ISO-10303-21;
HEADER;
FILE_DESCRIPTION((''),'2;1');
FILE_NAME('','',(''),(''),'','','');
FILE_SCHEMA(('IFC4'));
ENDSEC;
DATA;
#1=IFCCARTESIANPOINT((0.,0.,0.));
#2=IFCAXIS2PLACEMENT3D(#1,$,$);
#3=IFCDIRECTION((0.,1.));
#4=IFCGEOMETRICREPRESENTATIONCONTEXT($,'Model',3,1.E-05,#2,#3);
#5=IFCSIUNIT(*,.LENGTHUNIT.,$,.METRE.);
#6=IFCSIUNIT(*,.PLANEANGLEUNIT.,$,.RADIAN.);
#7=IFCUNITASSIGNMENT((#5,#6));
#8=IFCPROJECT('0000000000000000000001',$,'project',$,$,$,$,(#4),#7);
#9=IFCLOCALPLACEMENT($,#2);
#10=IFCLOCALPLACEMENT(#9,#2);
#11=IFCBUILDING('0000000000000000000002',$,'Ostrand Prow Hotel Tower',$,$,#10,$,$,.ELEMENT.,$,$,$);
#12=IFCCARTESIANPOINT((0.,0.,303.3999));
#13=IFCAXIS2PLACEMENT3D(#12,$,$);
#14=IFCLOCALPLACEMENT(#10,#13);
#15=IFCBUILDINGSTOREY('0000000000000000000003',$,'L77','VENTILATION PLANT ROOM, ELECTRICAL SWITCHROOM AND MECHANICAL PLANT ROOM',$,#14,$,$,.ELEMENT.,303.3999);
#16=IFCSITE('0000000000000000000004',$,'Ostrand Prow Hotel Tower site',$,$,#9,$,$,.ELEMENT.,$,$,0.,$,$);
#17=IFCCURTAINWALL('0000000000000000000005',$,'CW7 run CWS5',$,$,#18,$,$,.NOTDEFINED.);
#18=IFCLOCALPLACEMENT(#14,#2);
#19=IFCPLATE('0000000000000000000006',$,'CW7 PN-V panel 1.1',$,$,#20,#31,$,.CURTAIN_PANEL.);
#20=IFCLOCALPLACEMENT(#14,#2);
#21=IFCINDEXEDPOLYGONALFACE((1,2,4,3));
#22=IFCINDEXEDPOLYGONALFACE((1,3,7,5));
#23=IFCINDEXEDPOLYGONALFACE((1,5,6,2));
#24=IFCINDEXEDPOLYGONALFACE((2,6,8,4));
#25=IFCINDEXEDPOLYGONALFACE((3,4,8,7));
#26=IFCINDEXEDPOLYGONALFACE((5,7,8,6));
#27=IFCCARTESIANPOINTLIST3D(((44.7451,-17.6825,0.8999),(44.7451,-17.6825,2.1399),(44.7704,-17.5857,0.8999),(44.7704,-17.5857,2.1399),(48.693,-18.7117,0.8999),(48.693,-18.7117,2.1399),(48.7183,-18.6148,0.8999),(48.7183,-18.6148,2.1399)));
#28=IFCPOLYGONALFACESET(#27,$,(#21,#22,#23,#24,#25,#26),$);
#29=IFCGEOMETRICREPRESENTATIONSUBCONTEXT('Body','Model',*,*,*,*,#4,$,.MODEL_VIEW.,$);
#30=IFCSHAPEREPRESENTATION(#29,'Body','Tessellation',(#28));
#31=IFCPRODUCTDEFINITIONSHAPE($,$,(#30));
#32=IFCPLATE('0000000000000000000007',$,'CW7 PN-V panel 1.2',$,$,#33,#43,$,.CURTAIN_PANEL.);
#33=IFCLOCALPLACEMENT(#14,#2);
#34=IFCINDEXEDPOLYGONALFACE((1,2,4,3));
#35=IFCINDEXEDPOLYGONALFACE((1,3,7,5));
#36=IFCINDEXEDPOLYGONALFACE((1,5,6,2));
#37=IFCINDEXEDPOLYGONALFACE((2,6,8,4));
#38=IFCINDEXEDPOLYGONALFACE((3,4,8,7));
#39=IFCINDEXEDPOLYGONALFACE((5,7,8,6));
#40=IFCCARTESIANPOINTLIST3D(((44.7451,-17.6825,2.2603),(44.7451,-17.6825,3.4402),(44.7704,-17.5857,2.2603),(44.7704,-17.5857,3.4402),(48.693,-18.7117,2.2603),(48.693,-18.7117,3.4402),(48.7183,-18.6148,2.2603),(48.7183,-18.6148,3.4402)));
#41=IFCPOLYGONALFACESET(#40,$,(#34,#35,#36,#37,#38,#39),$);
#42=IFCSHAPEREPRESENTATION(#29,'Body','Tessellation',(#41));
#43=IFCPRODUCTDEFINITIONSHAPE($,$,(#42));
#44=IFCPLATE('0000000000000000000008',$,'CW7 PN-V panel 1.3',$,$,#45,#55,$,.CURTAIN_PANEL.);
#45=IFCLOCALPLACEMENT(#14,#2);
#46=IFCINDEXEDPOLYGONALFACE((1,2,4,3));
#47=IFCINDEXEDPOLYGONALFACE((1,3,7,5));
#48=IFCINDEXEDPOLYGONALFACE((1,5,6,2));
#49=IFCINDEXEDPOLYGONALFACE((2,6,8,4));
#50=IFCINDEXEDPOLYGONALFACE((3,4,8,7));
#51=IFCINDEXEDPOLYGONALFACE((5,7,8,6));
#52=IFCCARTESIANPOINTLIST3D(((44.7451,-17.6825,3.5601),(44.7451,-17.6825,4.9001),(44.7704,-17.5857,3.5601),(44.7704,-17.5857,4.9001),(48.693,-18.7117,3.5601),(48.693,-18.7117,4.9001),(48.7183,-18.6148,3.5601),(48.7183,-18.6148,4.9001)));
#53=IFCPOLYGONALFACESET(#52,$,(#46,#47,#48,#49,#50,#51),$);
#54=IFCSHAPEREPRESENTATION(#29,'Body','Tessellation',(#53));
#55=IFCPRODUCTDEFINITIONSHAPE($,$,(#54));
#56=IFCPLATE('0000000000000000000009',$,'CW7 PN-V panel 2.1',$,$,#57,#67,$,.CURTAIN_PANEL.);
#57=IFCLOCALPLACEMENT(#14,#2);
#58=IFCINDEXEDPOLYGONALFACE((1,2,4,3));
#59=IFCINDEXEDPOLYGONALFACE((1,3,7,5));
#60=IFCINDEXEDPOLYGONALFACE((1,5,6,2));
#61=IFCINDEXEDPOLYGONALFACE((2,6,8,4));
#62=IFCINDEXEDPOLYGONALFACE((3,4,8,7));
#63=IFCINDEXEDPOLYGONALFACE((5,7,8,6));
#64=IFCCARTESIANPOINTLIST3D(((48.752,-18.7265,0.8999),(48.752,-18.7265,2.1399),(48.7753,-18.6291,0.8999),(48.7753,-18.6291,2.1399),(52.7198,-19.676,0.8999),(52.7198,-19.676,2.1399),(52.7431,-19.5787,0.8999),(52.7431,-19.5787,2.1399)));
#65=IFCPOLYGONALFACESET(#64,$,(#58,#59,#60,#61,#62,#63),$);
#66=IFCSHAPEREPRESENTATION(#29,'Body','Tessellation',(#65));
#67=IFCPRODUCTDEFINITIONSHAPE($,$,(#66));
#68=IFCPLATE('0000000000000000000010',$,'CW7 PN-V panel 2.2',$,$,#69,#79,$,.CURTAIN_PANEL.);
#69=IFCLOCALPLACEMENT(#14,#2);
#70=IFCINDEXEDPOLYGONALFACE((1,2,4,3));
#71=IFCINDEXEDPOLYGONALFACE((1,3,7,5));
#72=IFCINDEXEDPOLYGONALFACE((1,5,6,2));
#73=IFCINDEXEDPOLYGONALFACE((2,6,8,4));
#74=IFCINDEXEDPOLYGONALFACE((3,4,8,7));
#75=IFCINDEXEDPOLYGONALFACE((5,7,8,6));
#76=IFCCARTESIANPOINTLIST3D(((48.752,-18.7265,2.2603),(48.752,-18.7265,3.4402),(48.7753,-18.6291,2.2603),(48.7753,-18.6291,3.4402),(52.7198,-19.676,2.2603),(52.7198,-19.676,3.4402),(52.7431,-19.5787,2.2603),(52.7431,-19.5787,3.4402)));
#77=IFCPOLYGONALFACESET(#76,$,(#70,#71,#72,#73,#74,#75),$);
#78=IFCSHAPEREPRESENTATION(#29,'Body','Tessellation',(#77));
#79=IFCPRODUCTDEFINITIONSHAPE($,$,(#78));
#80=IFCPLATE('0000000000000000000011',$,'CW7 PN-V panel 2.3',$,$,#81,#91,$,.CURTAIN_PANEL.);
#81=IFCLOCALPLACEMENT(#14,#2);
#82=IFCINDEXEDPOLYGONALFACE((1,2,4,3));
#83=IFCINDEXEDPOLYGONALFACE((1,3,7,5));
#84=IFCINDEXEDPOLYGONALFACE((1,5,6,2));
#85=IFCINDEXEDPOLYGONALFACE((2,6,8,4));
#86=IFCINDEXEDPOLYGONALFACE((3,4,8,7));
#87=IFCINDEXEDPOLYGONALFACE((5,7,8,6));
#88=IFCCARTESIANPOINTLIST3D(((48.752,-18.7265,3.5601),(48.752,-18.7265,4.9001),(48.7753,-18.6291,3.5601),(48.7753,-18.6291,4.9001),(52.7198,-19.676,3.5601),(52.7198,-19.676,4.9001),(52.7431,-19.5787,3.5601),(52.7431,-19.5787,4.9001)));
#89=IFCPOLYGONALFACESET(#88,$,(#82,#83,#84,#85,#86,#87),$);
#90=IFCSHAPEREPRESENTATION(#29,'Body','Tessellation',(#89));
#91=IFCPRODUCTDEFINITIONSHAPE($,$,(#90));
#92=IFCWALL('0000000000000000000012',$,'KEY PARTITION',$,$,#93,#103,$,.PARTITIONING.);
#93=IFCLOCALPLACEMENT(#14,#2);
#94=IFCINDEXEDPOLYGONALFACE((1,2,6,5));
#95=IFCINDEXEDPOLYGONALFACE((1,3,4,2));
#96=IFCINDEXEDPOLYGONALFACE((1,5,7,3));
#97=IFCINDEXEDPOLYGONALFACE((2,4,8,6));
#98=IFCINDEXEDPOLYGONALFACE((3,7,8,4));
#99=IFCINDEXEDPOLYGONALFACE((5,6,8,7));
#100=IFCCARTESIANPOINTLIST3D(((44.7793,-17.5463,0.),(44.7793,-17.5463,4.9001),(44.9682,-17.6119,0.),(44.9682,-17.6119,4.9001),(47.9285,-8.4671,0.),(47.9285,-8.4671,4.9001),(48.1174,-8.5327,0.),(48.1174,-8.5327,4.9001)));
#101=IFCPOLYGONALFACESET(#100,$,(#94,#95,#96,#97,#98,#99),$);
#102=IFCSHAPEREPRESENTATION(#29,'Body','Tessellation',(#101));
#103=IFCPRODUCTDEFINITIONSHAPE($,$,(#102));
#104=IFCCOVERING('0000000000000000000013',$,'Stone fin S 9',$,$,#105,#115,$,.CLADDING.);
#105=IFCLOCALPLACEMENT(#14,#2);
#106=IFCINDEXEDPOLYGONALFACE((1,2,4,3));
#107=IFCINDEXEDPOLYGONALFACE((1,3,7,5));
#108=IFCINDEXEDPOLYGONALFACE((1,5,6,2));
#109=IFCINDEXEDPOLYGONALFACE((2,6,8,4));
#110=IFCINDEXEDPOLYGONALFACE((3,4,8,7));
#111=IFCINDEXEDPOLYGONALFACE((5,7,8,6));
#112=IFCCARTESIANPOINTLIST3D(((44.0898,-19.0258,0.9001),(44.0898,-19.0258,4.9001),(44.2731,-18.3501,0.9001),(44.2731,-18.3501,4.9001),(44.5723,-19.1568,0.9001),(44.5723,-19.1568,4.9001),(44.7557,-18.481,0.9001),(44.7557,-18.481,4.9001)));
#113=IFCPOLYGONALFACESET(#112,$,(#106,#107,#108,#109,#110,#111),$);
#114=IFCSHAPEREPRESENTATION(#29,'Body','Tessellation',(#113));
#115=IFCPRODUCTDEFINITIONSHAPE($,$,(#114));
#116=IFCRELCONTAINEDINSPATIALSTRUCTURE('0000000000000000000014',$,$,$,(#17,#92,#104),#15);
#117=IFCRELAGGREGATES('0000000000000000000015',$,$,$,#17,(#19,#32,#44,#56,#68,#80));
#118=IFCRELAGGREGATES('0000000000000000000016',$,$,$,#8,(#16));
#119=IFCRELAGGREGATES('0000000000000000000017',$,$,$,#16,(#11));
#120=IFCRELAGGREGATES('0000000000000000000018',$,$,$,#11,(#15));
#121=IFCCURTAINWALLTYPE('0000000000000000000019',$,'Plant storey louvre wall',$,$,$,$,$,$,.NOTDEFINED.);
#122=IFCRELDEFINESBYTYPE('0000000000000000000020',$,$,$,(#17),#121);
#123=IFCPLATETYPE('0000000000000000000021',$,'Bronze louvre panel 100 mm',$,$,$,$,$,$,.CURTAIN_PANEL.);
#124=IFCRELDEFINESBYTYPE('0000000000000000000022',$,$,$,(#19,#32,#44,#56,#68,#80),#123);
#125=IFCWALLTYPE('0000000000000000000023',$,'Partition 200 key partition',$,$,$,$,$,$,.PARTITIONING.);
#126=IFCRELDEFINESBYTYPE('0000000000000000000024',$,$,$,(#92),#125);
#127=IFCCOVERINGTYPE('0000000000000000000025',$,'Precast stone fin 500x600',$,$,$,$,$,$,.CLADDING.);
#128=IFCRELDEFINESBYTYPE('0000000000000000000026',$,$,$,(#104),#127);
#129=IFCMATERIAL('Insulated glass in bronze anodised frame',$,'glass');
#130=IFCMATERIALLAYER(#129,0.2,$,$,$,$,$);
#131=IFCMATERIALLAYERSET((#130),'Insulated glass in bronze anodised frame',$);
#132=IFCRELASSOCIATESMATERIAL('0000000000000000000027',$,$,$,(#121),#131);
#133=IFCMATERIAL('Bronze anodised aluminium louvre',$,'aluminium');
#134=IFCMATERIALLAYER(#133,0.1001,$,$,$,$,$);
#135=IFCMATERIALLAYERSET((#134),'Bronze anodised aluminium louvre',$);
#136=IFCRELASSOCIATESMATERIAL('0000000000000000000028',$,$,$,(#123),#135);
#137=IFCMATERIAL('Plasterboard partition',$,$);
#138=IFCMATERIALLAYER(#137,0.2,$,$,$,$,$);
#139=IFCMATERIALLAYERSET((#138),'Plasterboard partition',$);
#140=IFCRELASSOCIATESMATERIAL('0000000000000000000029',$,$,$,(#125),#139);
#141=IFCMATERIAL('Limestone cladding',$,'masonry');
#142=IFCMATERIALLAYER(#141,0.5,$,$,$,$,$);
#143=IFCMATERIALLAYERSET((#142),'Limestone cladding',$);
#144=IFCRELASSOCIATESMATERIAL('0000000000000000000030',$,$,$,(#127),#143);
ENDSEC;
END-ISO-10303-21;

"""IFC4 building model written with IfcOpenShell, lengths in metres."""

from ifc_helpers import new_model, si_unit, direction, frame, frame_2d, origin, origin_2d, place, context, subcontext, project, spatial, rectangle, extrude, material, layer, layer_set, type_object, element, aggregate, save


model = new_model("IFC4")

# Units and contexts
model_context = context("Model", 3, precision=1e-05, world=origin(), true_north=direction((0.0, 1.0)))
body_context = subcontext(model_context, "Body", "Model", "MODEL_VIEW")
ifc_project = project(units=[si_unit("LENGTHUNIT", "METRE"), si_unit("PLANEANGLEUNIT", "RADIAN")], contexts=[model_context])

# Site, building, storey
site_placement = place(None, origin())
site = spatial("IfcSite", under=ifc_project, at=site_placement, Name="Ostrand Prow Hotel Tower site", CompositionType="ELEMENT", RefElevation=0.0)
building_placement = place(site_placement, origin())
building = spatial("IfcBuilding", under=site, at=building_placement, Name="Ostrand Prow Hotel Tower", CompositionType="ELEMENT")
storey_placement = place(building_placement, frame((0.0, 0.0, 303.3999)))
storey = spatial("IfcBuildingStorey", under=building, at=storey_placement, Name="L77", Description="VENTILATION PLANT ROOM, ELECTRICAL SWITCHROOM AND MECHANICAL PLANT ROOM", CompositionType="ELEMENT", Elevation=303.3999)

# Shared definitions
ifc_material_1 = material(Name="Insulated glass in bronze anodised frame", Category="glass")
ifc_layer_1 = layer(ifc_material_1, 0.2)
ifc_layer_set_1 = layer_set([ifc_layer_1], Name="Insulated glass in bronze anodised frame")
curtain_wall_type = type_object("IfcCurtainWallType", Name="Plant storey louvre wall", PredefinedType="NOTDEFINED", material=ifc_layer_set_1)

# Curtain wall
curtain_wall_1_placement = place(storey_placement, origin())
curtain_wall_1 = element("IfcCurtainWall", 1, at=curtain_wall_1_placement, inside=storey, type_object=curtain_wall_type, Name="CW7 run CWS5", PredefinedType="NOTDEFINED")

# Plates
ifc_material_2 = material(Name="Bronze anodised aluminium louvre", Category="aluminium")
ifc_layer_2 = layer(ifc_material_2, 0.1001)
ifc_layer_set_2 = layer_set([ifc_layer_2], Name="Bronze anodised aluminium louvre")
plate_type = type_object("IfcPlateType", Name="Bronze louvre panel 100 mm", PredefinedType="CURTAIN_PANEL", material=ifc_layer_set_2)
plate_1_placement = place(storey_placement, frame((46.7317, -18.1487, 0.8999), z_axis=(0.0, 0.0, 1.0), x_axis=(0.967663, -0.252248, 0.0)))
plate_1 = element("IfcPlate", 2, at=plate_1_placement, type_object=plate_type, Name="CW7 PN-V panel 1.1", PredefinedType="CURTAIN_PANEL", context=body_context, shape_type="SweptSolid", body=[
    extrude(rectangle(XDim=4.0798, YDim=0.1001, at=origin_2d()), origin(), (0.0, 0.0, 1.0), 1.24),
])
plate_2_placement = place(storey_placement, frame((46.7317, -18.1487, 2.2603), z_axis=(0.0, 0.0, 1.0), x_axis=(0.967663, -0.252248, 0.0)))
plate_2 = element("IfcPlate", 3, at=plate_2_placement, type_object=plate_type, Name="CW7 PN-V panel 1.2", PredefinedType="CURTAIN_PANEL", context=body_context, shape_type="SweptSolid", body=[
    extrude(rectangle(XDim=4.0798, YDim=0.1001, at=origin_2d()), origin(), (0.0, 0.0, 1.0), 1.1799),
])
plate_3_placement = place(storey_placement, frame((46.7317, -18.1487, 3.5601), z_axis=(0.0, 0.0, 1.0), x_axis=(0.967663, -0.252248, 0.0)))
plate_3 = element("IfcPlate", 4, at=plate_3_placement, type_object=plate_type, Name="CW7 PN-V panel 1.3", PredefinedType="CURTAIN_PANEL", context=body_context, shape_type="SweptSolid", body=[
    extrude(rectangle(XDim=4.0798, YDim=0.1001, at=origin_2d()), origin(), (0.0, 0.0, 1.0), 1.3401),
])
plate_4_placement = place(storey_placement, frame((50.7476, -19.1526, 0.8999), z_axis=(0.0, 0.0, 1.0), x_axis=(0.972538, -0.232746, 0.0)))
plate_4 = element("IfcPlate", 5, at=plate_4_placement, type_object=plate_type, Name="CW7 PN-V panel 2.1", PredefinedType="CURTAIN_PANEL", context=body_context, shape_type="SweptSolid", body=[
    extrude(rectangle(XDim=4.0798, YDim=0.1001, at=origin_2d()), origin(), (0.0, 0.0, 1.0), 1.24),
])
plate_5_placement = place(storey_placement, frame((50.7476, -19.1526, 2.2603), z_axis=(0.0, 0.0, 1.0), x_axis=(0.972538, -0.232746, 0.0)))
plate_5 = element("IfcPlate", 6, at=plate_5_placement, type_object=plate_type, Name="CW7 PN-V panel 2.2", PredefinedType="CURTAIN_PANEL", context=body_context, shape_type="SweptSolid", body=[
    extrude(rectangle(XDim=4.0798, YDim=0.1001, at=origin_2d()), origin(), (0.0, 0.0, 1.0), 1.1799),
])
plate_6_placement = place(storey_placement, frame((50.7476, -19.1526, 3.5601), z_axis=(0.0, 0.0, 1.0), x_axis=(0.972538, -0.232746, 0.0)))
plate_6 = element("IfcPlate", 7, at=plate_6_placement, type_object=plate_type, Name="CW7 PN-V panel 2.3", PredefinedType="CURTAIN_PANEL", context=body_context, shape_type="SweptSolid", body=[
    extrude(rectangle(XDim=4.0798, YDim=0.1001, at=origin_2d()), origin(), (0.0, 0.0, 1.0), 1.3401),
])
aggregate(curtain_wall_1, [plate_1, plate_2, plate_3, plate_4, plate_5, plate_6])

# Wall
ifc_material_3 = material(Name="Plasterboard partition")
ifc_layer_3 = layer(ifc_material_3, 0.2)
ifc_layer_set_3 = layer_set([ifc_layer_3], Name="Plasterboard partition")
wall_type = type_object("IfcWallType", Name="Partition 200 key partition", PredefinedType="PARTITIONING", material=ifc_layer_set_3)
wall_placement = place(storey_placement, frame((44.8738, -17.5791, 0.0), z_axis=(0.0, 0.0, 1.0), x_axis=(0.327706, 0.94478, 0.0)))
element("IfcWall", 8, at=wall_placement, inside=storey, type_object=wall_type, Name="KEY PARTITION", PredefinedType="PARTITIONING", context=body_context, shape_type="SweptSolid", body=[
    extrude(rectangle(XDim=9.6099, YDim=0.2, at=frame_2d((4.8049, 0.0))), origin(), (0.0, 0.0, 1.0), 4.9001),
])

# Covering
ifc_material_4 = material(Name="Limestone cladding", Category="masonry")
ifc_layer_4 = layer(ifc_material_4, 0.5)
ifc_layer_set_4 = layer_set([ifc_layer_4], Name="Limestone cladding")
covering_type = type_object("IfcCoveringType", Name="Precast stone fin 500x600", PredefinedType="CLADDING", material=ifc_layer_set_4)
covering_placement = place(storey_placement, frame((44.5144, -18.4155, 0.9001), z_axis=(0.0, 0.0, 1.0), x_axis=(-0.261849, -0.965109, 0.0)))
element("IfcCovering", 9, at=covering_placement, inside=storey, type_object=covering_type, Name="Stone fin S 9", PredefinedType="CLADDING", context=body_context, shape_type="SweptSolid", body=[
    extrude(rectangle(XDim=0.7002, YDim=0.5, at=frame_2d((0.3501, 0.0))), origin(), (0.0, 0.0, 1.0), 4.0),
])

save(model, "model.ifc")
